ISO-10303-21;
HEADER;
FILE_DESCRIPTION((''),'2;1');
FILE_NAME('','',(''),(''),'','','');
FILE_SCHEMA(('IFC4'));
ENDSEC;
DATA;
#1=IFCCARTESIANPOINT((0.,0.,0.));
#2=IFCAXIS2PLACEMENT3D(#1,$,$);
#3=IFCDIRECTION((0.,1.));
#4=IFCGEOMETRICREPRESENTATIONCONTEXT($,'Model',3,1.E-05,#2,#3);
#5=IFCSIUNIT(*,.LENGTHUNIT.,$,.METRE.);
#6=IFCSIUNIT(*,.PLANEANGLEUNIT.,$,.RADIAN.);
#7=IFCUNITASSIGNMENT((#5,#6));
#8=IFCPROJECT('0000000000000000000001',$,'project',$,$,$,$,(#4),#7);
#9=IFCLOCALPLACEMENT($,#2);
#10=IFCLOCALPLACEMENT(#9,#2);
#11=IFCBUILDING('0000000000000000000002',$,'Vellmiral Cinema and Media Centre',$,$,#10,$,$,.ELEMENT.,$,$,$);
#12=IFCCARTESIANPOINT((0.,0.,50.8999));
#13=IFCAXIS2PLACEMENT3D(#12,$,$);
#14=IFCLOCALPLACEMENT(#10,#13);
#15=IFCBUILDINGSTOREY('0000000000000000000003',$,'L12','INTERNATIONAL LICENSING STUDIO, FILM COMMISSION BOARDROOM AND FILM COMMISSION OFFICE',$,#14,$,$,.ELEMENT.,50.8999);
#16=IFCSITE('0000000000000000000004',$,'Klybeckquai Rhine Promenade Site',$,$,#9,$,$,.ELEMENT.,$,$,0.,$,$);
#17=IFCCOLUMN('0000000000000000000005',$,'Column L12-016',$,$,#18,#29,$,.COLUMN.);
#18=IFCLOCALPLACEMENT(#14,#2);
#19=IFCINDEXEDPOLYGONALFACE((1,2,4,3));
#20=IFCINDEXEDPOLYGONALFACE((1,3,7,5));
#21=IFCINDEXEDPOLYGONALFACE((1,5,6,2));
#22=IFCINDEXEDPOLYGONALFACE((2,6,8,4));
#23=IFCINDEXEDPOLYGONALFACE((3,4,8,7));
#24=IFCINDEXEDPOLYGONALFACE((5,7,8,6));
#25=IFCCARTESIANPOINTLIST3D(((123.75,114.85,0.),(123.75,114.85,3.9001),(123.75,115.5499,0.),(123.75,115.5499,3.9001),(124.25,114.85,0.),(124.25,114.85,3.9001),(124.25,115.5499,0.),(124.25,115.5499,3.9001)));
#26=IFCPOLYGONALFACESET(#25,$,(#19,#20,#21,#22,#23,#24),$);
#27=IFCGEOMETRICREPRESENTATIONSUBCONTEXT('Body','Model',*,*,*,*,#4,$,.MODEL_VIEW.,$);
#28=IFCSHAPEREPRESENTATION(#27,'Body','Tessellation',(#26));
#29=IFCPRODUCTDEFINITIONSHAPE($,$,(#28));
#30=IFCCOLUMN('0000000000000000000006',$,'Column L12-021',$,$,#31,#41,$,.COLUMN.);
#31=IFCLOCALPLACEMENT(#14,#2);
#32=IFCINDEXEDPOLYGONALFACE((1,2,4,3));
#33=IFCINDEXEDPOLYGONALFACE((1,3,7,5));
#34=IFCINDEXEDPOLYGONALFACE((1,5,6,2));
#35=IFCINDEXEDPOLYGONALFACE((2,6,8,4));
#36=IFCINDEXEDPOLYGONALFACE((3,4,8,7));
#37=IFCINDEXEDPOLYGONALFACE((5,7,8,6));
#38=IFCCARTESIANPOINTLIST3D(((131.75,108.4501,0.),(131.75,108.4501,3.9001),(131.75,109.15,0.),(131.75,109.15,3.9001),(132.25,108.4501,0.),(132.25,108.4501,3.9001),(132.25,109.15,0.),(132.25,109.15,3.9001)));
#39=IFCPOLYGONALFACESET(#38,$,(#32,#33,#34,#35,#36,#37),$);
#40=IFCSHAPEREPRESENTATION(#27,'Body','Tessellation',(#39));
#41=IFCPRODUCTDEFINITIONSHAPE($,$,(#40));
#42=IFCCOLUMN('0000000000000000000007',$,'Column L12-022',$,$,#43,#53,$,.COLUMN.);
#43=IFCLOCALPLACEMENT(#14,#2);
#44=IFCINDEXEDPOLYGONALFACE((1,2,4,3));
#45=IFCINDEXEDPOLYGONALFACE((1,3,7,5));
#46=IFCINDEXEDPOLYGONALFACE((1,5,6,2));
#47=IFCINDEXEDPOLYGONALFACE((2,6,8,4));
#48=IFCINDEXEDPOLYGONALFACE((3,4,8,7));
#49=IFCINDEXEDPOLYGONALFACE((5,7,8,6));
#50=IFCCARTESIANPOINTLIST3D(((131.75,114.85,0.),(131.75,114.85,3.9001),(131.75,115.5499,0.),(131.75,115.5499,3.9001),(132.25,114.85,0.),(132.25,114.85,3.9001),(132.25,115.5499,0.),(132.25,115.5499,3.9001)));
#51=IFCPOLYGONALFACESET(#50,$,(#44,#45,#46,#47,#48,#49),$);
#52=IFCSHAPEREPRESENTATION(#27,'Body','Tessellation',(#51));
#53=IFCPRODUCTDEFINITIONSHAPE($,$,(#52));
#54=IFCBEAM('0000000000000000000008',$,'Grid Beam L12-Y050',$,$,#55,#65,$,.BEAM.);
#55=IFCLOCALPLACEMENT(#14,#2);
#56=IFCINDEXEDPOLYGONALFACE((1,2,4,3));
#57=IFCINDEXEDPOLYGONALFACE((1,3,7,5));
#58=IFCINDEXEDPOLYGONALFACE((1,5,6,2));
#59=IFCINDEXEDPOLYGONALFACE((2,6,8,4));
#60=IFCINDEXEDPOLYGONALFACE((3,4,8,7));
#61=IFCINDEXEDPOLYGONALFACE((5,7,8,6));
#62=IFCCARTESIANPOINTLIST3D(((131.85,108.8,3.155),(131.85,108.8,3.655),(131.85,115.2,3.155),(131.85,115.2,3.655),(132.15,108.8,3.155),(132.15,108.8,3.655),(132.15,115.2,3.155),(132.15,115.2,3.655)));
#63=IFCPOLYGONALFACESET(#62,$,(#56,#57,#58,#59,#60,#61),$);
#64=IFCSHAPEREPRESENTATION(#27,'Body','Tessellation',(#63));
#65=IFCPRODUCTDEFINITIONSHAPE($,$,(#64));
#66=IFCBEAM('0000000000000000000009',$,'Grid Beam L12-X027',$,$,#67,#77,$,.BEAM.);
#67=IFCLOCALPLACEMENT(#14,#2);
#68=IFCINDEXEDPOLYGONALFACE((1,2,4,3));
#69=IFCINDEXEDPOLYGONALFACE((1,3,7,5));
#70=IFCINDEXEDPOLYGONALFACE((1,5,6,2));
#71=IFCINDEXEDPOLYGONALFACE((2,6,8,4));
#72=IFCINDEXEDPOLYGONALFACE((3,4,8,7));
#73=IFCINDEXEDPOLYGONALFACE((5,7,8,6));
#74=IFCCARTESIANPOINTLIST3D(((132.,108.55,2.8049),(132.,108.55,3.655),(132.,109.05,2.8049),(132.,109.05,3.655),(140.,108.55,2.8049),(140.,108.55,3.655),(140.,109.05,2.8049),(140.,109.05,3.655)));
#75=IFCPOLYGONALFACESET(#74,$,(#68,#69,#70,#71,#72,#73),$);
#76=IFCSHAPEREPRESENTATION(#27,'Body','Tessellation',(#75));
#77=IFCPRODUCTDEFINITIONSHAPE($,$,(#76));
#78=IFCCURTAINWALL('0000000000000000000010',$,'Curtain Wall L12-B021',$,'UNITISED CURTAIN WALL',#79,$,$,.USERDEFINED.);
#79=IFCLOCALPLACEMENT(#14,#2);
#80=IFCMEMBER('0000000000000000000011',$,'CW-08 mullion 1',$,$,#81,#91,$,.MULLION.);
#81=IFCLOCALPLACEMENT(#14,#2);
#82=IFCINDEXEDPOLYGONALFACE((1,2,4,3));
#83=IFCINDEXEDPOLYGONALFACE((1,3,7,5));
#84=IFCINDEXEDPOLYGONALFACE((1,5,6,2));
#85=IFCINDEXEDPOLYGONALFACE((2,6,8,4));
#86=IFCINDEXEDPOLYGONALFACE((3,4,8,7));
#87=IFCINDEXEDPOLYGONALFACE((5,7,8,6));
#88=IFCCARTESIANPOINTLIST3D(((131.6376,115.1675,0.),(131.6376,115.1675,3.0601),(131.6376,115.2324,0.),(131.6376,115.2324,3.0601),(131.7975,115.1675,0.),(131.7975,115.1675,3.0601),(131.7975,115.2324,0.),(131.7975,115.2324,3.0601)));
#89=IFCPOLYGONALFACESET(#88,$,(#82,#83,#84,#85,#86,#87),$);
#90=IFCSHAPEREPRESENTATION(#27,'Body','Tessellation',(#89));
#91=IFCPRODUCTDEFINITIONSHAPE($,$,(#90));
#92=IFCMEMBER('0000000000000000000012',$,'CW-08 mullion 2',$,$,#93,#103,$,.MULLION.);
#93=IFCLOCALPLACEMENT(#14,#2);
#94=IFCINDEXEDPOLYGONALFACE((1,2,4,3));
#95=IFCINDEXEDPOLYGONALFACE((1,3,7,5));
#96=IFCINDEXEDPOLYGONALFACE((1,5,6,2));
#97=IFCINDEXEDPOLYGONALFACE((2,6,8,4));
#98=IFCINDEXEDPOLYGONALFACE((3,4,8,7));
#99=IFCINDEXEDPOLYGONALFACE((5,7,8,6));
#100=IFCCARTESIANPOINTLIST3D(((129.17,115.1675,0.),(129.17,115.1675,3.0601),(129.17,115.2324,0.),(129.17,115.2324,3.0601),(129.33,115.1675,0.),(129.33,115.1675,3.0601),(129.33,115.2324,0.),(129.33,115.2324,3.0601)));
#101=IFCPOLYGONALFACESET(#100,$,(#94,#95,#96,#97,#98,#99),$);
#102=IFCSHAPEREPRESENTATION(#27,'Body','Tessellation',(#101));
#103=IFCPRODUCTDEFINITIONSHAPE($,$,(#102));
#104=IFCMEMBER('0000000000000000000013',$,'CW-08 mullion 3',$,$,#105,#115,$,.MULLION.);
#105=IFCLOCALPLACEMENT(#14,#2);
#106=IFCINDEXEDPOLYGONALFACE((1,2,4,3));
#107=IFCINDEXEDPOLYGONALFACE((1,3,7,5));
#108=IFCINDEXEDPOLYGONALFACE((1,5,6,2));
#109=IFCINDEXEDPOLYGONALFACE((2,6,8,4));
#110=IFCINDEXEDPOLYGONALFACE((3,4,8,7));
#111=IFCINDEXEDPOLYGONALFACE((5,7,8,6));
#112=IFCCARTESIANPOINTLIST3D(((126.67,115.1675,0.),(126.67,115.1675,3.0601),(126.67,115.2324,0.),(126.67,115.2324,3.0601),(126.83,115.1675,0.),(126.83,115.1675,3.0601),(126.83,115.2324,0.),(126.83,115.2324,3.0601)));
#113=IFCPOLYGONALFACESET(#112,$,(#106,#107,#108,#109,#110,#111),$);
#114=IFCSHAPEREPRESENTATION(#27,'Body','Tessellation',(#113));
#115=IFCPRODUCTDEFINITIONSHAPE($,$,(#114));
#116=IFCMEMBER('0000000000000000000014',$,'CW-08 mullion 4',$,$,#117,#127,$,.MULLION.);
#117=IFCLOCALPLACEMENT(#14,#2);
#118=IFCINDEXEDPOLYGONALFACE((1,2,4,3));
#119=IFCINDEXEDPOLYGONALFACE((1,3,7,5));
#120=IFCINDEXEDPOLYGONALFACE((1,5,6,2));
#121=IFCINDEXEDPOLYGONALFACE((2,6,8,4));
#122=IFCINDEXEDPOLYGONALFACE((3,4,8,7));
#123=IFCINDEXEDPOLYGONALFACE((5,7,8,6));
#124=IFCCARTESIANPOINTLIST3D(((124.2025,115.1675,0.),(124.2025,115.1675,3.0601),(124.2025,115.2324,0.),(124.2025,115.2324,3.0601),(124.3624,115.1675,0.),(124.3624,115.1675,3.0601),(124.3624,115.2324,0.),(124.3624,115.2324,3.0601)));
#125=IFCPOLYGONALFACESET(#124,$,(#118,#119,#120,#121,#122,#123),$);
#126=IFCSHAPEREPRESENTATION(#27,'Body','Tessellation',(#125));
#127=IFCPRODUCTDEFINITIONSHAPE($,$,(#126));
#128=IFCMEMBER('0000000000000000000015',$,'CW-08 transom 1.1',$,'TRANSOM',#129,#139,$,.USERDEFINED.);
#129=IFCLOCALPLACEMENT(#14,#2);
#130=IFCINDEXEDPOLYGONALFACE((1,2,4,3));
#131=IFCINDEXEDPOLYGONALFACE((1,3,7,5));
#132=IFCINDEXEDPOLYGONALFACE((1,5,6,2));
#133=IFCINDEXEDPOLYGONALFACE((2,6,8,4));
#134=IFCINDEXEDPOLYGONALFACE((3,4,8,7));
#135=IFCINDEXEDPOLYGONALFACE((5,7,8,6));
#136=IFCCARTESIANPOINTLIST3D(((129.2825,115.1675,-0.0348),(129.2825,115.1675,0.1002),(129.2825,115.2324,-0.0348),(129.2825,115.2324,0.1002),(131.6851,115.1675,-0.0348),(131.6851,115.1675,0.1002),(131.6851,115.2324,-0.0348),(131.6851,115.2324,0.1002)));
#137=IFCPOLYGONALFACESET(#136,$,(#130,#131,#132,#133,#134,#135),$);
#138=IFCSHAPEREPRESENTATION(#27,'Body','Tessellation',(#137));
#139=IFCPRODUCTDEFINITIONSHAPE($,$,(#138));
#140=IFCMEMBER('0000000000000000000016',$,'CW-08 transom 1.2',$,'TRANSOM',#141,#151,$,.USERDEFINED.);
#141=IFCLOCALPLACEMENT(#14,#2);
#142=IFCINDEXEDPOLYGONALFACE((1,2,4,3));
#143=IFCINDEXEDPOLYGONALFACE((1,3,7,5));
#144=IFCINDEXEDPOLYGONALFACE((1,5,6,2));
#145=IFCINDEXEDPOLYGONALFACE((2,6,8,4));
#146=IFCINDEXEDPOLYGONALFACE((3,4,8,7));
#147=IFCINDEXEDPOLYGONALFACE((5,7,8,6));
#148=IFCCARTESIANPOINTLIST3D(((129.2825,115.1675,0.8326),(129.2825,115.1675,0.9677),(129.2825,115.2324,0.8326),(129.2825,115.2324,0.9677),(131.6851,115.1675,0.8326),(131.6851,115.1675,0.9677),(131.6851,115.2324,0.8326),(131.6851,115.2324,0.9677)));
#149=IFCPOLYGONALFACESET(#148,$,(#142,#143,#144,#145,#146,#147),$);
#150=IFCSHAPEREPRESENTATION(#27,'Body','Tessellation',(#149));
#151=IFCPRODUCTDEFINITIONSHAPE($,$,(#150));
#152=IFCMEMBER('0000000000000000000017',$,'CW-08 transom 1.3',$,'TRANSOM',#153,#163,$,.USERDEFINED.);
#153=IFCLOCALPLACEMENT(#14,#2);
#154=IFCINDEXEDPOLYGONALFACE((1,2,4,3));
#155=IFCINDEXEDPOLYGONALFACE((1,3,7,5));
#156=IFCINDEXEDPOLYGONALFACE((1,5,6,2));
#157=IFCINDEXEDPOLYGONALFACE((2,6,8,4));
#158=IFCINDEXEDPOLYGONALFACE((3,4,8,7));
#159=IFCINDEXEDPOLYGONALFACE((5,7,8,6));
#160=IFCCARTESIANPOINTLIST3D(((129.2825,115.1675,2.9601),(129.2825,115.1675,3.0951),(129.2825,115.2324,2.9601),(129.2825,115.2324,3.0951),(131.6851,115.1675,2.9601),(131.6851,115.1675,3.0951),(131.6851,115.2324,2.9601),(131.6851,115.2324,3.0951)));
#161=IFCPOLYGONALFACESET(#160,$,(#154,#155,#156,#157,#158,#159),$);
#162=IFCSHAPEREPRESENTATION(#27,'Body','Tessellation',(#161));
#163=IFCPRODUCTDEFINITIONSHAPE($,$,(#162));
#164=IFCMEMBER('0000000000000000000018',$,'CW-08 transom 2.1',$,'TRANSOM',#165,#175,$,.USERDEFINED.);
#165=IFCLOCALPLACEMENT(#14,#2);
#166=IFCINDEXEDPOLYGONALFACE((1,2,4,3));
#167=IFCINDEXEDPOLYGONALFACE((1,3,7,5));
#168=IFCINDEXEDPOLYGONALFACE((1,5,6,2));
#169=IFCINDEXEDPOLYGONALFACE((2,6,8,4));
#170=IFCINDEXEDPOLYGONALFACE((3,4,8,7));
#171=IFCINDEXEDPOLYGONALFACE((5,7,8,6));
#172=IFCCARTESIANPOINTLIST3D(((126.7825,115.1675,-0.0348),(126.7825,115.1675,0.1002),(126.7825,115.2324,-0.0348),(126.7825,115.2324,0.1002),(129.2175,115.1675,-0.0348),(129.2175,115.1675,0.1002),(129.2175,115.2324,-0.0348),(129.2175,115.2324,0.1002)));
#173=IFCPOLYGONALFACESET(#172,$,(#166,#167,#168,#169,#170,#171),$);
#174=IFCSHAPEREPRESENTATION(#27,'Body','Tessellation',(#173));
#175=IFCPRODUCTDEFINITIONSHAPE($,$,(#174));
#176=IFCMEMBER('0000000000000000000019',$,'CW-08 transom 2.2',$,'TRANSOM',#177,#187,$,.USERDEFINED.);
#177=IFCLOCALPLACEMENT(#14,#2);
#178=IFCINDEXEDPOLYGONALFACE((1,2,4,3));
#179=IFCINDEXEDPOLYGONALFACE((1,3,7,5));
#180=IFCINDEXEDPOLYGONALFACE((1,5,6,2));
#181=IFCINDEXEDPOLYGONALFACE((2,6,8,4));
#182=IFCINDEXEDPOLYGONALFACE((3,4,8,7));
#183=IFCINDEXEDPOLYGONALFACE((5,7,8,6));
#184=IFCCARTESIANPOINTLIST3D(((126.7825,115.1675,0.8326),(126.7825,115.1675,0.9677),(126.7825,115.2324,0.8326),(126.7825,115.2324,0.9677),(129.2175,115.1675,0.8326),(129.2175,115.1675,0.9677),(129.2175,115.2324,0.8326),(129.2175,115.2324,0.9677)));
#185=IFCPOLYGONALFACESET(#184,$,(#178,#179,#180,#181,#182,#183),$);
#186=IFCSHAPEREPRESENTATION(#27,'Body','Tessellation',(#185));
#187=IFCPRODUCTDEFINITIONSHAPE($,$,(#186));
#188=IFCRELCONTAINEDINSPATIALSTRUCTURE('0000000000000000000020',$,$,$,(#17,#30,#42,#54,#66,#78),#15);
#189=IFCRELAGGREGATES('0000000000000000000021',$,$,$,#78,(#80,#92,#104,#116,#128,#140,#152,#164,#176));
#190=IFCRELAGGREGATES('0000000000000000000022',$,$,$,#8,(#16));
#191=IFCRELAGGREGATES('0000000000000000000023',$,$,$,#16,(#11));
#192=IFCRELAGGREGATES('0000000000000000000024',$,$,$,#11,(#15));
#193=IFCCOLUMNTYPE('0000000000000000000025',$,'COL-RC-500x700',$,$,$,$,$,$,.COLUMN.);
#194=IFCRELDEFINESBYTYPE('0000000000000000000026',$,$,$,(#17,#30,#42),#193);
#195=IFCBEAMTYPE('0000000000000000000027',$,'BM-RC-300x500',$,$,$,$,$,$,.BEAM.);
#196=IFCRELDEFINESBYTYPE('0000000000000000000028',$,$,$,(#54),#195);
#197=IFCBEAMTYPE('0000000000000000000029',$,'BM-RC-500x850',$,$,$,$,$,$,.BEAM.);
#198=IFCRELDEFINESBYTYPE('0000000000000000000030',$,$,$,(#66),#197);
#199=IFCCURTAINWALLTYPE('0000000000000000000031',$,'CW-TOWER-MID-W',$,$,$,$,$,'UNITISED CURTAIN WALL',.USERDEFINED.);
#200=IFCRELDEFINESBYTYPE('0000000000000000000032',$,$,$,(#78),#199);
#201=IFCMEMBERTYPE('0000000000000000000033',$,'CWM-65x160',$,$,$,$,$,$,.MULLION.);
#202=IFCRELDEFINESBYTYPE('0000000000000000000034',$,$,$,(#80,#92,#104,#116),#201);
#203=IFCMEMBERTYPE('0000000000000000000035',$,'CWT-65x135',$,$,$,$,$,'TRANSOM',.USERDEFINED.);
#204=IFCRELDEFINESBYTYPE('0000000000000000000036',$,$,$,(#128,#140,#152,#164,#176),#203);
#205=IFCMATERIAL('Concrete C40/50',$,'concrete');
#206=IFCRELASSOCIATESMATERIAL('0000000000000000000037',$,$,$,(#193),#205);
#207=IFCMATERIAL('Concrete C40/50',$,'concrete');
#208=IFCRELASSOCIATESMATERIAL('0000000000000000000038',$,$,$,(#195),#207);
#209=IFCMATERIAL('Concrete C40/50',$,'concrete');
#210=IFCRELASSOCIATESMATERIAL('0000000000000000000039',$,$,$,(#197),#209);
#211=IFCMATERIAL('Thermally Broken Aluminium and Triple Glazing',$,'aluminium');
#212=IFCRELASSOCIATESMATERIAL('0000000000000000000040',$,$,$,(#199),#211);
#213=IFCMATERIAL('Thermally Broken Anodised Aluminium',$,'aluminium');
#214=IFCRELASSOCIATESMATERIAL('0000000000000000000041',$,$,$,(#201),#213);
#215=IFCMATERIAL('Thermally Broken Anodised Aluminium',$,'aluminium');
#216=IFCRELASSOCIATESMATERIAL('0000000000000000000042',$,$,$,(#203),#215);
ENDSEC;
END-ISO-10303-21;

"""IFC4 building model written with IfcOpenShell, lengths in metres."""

from ifc_helpers import new_model, si_unit, direction, frame, origin, origin_2d, place, context, subcontext, project, spatial, rectangle, extrude, material, material_profile, profile_set, type_object, element, aggregate, save


model = new_model("IFC4")

# Units and contexts
model_context = context("Model", 3, precision=1e-05, world=origin(), true_north=direction((0.0, 1.0)))
body_context = subcontext(model_context, "Body", "Model", "MODEL_VIEW")
ifc_project = project(units=[si_unit("LENGTHUNIT", "METRE"), si_unit("PLANEANGLEUNIT", "RADIAN")], contexts=[model_context])

# Site, building, storey
site_placement = place(None, origin())
site = spatial("IfcSite", under=ifc_project, at=site_placement, Name="Klybeckquai Rhine Promenade Site", CompositionType="ELEMENT", RefElevation=0.0)
building_placement = place(site_placement, origin())
building = spatial("IfcBuilding", under=site, at=building_placement, Name="Vellmiral Cinema and Media Centre", CompositionType="ELEMENT")
storey_placement = place(building_placement, frame((0.0, 0.0, 50.8999)))
storey = spatial("IfcBuildingStorey", under=building, at=storey_placement, Name="L12", Description="INTERNATIONAL LICENSING STUDIO, FILM COMMISSION BOARDROOM AND FILM COMMISSION OFFICE", CompositionType="ELEMENT", Elevation=50.8999)

# Columns
ifc_material_1 = material(Name="Concrete C40/50", Category="concrete")
ifc_material_profile_1 = material_profile(ifc_material_1, rectangle(XDim=0.5, YDim=0.7, at=origin_2d()), Name="RC 500x700")
ifc_profile_set_1 = profile_set([ifc_material_profile_1], Name="Concrete C40/50")
column_type = type_object("IfcColumnType", Name="COL-RC-500x700", PredefinedType="COLUMN", material=ifc_profile_set_1)
for number, where, z_axis, x_axis, name in (
    (1, (124.0, 115.2, 0.0), (0.0, 0.0, 1.0), (1.0, 0.0, 0.0), "Column L12-016"),
    (2, (132.0, 108.8, 0.0), (0.0, 0.0, 1.0), (1.0, 0.0, 0.0), "Column L12-021"),
    (3, (132.0, 115.2, 0.0), (0.0, 0.0, 1.0), (1.0, 0.0, 0.0), "Column L12-022"),
):
    element("IfcColumn", number, at=place(storey_placement, frame(where, z_axis=z_axis, x_axis=x_axis)), inside=storey, type_object=column_type, Name=name, PredefinedType="COLUMN", context=body_context, shape_type="SweptSolid", body=[
        extrude(rectangle(XDim=0.5, YDim=0.7, at=origin_2d()), origin(), (0.0, 0.0, 1.0), 3.9001),
    ])

# Beams
ifc_material_2 = material(Name="Concrete C40/50", Category="concrete")
ifc_material_profile_2 = material_profile(ifc_material_2, rectangle(XDim=0.3, YDim=0.5, at=origin_2d()), Name="RC 300x500")
ifc_profile_set_2 = profile_set([ifc_material_profile_2], Name="Concrete C40/50")
beam_type_1 = type_object("IfcBeamType", Name="BM-RC-300x500", PredefinedType="BEAM", material=ifc_profile_set_2)
beam_1_placement = place(storey_placement, frame((132.0, 108.8, 3.405), z_axis=(0.0, 1.0, 0.0), x_axis=(-1.0, 0.0, 0.0)))
element("IfcBeam", 4, at=beam_1_placement, inside=storey, type_object=beam_type_1, Name="Grid Beam L12-Y050", PredefinedType="BEAM", context=body_context, shape_type="SweptSolid", body=[
    extrude(rectangle(XDim=0.3, YDim=0.5, at=origin_2d()), origin(), (0.0, 0.0, 1.0), 6.3999),
])
ifc_material_3 = material(Name="Concrete C40/50", Category="concrete")
ifc_material_profile_3 = material_profile(ifc_material_3, rectangle(XDim=0.5, YDim=0.8501, at=origin_2d()), Name="RC 500x850")
ifc_profile_set_3 = profile_set([ifc_material_profile_3], Name="Concrete C40/50")
beam_type_2 = type_object("IfcBeamType", Name="BM-RC-500x850", PredefinedType="BEAM", material=ifc_profile_set_3)
beam_2_placement = place(storey_placement, frame((132.0, 108.8, 3.23), z_axis=(1.0, 0.0, 0.0), x_axis=(0.0, 1.0, 0.0)))
element("IfcBeam", 5, at=beam_2_placement, inside=storey, type_object=beam_type_2, Name="Grid Beam L12-X027", PredefinedType="BEAM", context=body_context, shape_type="SweptSolid", body=[
    extrude(rectangle(XDim=0.5, YDim=0.8501, at=origin_2d()), origin(), (0.0, 0.0, 1.0), 8.0),
])

# Curtain wall, members
ifc_material_4 = material(Name="Thermally Broken Aluminium and Triple Glazing", Category="aluminium")
curtain_wall_type = type_object("IfcCurtainWallType", Name="CW-TOWER-MID-W", ElementType="UNITISED CURTAIN WALL", PredefinedType="USERDEFINED", material=ifc_material_4)
curtain_wall_placement = place(storey_placement, origin())
curtain_wall = element("IfcCurtainWall", 6, at=curtain_wall_placement, inside=storey, type_object=curtain_wall_type, Name="Curtain Wall L12-B021", ObjectType="UNITISED CURTAIN WALL", PredefinedType="USERDEFINED")
ifc_material_5 = material(Name="Thermally Broken Anodised Aluminium", Category="aluminium")
ifc_material_profile_4 = material_profile(ifc_material_5, rectangle(XDim=0.0649, YDim=0.1599, at=origin_2d()), Name="MULL 65x160")
ifc_profile_set_4 = profile_set([ifc_material_profile_4], Name="Thermally Broken Anodised Aluminium")
member_type_1 = type_object("IfcMemberType", Name="CWM-65x160", PredefinedType="MULLION", material=ifc_profile_set_4)
member_1_placement = place(storey_placement, frame((131.7175, 115.2, 0.0), z_axis=(0.0, 0.0, 1.0), x_axis=(0.0, -1.0, 0.0)))
member_1 = element("IfcMember", 7, at=member_1_placement, type_object=member_type_1, Name="CW-08 mullion 1", PredefinedType="MULLION", context=body_context, shape_type="SweptSolid", body=[
    extrude(rectangle(XDim=0.0649, YDim=0.1599, at=origin_2d()), origin(), (0.0, 0.0, 1.0), 3.0601),
])
member_2_placement = place(storey_placement, frame((129.25, 115.2, 0.0), z_axis=(0.0, 0.0, 1.0), x_axis=(0.0, -1.0, 0.0)))
member_2 = element("IfcMember", 8, at=member_2_placement, type_object=member_type_1, Name="CW-08 mullion 2", PredefinedType="MULLION", context=body_context, shape_type="SweptSolid", body=[
    extrude(rectangle(XDim=0.0649, YDim=0.1599, at=origin_2d()), origin(), (0.0, 0.0, 1.0), 3.0601),
])
member_3_placement = place(storey_placement, frame((126.75, 115.2, 0.0), z_axis=(0.0, 0.0, 1.0), x_axis=(0.0, -1.0, 0.0)))
member_3 = element("IfcMember", 9, at=member_3_placement, type_object=member_type_1, Name="CW-08 mullion 3", PredefinedType="MULLION", context=body_context, shape_type="SweptSolid", body=[
    extrude(rectangle(XDim=0.0649, YDim=0.1599, at=origin_2d()), origin(), (0.0, 0.0, 1.0), 3.0601),
])
member_4_placement = place(storey_placement, frame((124.2825, 115.2, 0.0), z_axis=(0.0, 0.0, 1.0), x_axis=(0.0, -1.0, 0.0)))
member_4 = element("IfcMember", 10, at=member_4_placement, type_object=member_type_1, Name="CW-08 mullion 4", PredefinedType="MULLION", context=body_context, shape_type="SweptSolid", body=[
    extrude(rectangle(XDim=0.0649, YDim=0.1599, at=origin_2d()), origin(), (0.0, 0.0, 1.0), 3.0601),
])
ifc_material_6 = material(Name="Thermally Broken Anodised Aluminium", Category="aluminium")
ifc_material_profile_5 = material_profile(ifc_material_6, rectangle(XDim=0.0649, YDim=0.135, at=origin_2d()), Name="MULL 65x135")
ifc_profile_set_5 = profile_set([ifc_material_profile_5], Name="Thermally Broken Anodised Aluminium")
member_type_2 = type_object("IfcMemberType", Name="CWT-65x135", ElementType="TRANSOM", PredefinedType="USERDEFINED", material=ifc_profile_set_5)
member_5_placement = place(storey_placement, frame((131.6851, 115.2, 0.0327), z_axis=(-1.0, 0.0, 0.0), x_axis=(0.0, -1.0, 0.0)))
member_5 = element("IfcMember", 11, at=member_5_placement, type_object=member_type_2, Name="CW-08 transom 1.1", ObjectType="TRANSOM", PredefinedType="USERDEFINED", context=body_context, shape_type="SweptSolid", body=[
    extrude(rectangle(XDim=0.0649, YDim=0.135, at=origin_2d()), origin(), (0.0, 0.0, 1.0), 2.4026),
])
member_6_placement = place(storey_placement, frame((131.6851, 115.2, 0.9001), z_axis=(-1.0, 0.0, 0.0), x_axis=(0.0, -1.0, 0.0)))
member_6 = element("IfcMember", 12, at=member_6_placement, type_object=member_type_2, Name="CW-08 transom 1.2", ObjectType="TRANSOM", PredefinedType="USERDEFINED", context=body_context, shape_type="SweptSolid", body=[
    extrude(rectangle(XDim=0.0649, YDim=0.135, at=origin_2d()), origin(), (0.0, 0.0, 1.0), 2.4026),
])
member_7_placement = place(storey_placement, frame((131.6851, 115.2, 3.0276), z_axis=(-1.0, 0.0, 0.0), x_axis=(0.0, -1.0, 0.0)))
member_7 = element("IfcMember", 13, at=member_7_placement, type_object=member_type_2, Name="CW-08 transom 1.3", ObjectType="TRANSOM", PredefinedType="USERDEFINED", context=body_context, shape_type="SweptSolid", body=[
    extrude(rectangle(XDim=0.0649, YDim=0.135, at=origin_2d()), origin(), (0.0, 0.0, 1.0), 2.4026),
])
member_8_placement = place(storey_placement, frame((129.2175, 115.2, 0.0327), z_axis=(-1.0, 0.0, 0.0), x_axis=(0.0, -1.0, 0.0)))
member_8 = element("IfcMember", 14, at=member_8_placement, type_object=member_type_2, Name="CW-08 transom 2.1", ObjectType="TRANSOM", PredefinedType="USERDEFINED", context=body_context, shape_type="SweptSolid", body=[
    extrude(rectangle(XDim=0.0649, YDim=0.135, at=origin_2d()), origin(), (0.0, 0.0, 1.0), 2.4351),
])
member_9_placement = place(storey_placement, frame((129.2175, 115.2, 0.9001), z_axis=(-1.0, 0.0, 0.0), x_axis=(0.0, -1.0, 0.0)))
member_9 = element("IfcMember", 15, at=member_9_placement, type_object=member_type_2, Name="CW-08 transom 2.2", ObjectType="TRANSOM", PredefinedType="USERDEFINED", context=body_context, shape_type="SweptSolid", body=[
    extrude(rectangle(XDim=0.0649, YDim=0.135, at=origin_2d()), origin(), (0.0, 0.0, 1.0), 2.4351),
])

aggregate(curtain_wall, [member_1, member_2, member_3, member_4, member_5, member_6, member_7, member_8, member_9])

save(model, "model.ifc")
